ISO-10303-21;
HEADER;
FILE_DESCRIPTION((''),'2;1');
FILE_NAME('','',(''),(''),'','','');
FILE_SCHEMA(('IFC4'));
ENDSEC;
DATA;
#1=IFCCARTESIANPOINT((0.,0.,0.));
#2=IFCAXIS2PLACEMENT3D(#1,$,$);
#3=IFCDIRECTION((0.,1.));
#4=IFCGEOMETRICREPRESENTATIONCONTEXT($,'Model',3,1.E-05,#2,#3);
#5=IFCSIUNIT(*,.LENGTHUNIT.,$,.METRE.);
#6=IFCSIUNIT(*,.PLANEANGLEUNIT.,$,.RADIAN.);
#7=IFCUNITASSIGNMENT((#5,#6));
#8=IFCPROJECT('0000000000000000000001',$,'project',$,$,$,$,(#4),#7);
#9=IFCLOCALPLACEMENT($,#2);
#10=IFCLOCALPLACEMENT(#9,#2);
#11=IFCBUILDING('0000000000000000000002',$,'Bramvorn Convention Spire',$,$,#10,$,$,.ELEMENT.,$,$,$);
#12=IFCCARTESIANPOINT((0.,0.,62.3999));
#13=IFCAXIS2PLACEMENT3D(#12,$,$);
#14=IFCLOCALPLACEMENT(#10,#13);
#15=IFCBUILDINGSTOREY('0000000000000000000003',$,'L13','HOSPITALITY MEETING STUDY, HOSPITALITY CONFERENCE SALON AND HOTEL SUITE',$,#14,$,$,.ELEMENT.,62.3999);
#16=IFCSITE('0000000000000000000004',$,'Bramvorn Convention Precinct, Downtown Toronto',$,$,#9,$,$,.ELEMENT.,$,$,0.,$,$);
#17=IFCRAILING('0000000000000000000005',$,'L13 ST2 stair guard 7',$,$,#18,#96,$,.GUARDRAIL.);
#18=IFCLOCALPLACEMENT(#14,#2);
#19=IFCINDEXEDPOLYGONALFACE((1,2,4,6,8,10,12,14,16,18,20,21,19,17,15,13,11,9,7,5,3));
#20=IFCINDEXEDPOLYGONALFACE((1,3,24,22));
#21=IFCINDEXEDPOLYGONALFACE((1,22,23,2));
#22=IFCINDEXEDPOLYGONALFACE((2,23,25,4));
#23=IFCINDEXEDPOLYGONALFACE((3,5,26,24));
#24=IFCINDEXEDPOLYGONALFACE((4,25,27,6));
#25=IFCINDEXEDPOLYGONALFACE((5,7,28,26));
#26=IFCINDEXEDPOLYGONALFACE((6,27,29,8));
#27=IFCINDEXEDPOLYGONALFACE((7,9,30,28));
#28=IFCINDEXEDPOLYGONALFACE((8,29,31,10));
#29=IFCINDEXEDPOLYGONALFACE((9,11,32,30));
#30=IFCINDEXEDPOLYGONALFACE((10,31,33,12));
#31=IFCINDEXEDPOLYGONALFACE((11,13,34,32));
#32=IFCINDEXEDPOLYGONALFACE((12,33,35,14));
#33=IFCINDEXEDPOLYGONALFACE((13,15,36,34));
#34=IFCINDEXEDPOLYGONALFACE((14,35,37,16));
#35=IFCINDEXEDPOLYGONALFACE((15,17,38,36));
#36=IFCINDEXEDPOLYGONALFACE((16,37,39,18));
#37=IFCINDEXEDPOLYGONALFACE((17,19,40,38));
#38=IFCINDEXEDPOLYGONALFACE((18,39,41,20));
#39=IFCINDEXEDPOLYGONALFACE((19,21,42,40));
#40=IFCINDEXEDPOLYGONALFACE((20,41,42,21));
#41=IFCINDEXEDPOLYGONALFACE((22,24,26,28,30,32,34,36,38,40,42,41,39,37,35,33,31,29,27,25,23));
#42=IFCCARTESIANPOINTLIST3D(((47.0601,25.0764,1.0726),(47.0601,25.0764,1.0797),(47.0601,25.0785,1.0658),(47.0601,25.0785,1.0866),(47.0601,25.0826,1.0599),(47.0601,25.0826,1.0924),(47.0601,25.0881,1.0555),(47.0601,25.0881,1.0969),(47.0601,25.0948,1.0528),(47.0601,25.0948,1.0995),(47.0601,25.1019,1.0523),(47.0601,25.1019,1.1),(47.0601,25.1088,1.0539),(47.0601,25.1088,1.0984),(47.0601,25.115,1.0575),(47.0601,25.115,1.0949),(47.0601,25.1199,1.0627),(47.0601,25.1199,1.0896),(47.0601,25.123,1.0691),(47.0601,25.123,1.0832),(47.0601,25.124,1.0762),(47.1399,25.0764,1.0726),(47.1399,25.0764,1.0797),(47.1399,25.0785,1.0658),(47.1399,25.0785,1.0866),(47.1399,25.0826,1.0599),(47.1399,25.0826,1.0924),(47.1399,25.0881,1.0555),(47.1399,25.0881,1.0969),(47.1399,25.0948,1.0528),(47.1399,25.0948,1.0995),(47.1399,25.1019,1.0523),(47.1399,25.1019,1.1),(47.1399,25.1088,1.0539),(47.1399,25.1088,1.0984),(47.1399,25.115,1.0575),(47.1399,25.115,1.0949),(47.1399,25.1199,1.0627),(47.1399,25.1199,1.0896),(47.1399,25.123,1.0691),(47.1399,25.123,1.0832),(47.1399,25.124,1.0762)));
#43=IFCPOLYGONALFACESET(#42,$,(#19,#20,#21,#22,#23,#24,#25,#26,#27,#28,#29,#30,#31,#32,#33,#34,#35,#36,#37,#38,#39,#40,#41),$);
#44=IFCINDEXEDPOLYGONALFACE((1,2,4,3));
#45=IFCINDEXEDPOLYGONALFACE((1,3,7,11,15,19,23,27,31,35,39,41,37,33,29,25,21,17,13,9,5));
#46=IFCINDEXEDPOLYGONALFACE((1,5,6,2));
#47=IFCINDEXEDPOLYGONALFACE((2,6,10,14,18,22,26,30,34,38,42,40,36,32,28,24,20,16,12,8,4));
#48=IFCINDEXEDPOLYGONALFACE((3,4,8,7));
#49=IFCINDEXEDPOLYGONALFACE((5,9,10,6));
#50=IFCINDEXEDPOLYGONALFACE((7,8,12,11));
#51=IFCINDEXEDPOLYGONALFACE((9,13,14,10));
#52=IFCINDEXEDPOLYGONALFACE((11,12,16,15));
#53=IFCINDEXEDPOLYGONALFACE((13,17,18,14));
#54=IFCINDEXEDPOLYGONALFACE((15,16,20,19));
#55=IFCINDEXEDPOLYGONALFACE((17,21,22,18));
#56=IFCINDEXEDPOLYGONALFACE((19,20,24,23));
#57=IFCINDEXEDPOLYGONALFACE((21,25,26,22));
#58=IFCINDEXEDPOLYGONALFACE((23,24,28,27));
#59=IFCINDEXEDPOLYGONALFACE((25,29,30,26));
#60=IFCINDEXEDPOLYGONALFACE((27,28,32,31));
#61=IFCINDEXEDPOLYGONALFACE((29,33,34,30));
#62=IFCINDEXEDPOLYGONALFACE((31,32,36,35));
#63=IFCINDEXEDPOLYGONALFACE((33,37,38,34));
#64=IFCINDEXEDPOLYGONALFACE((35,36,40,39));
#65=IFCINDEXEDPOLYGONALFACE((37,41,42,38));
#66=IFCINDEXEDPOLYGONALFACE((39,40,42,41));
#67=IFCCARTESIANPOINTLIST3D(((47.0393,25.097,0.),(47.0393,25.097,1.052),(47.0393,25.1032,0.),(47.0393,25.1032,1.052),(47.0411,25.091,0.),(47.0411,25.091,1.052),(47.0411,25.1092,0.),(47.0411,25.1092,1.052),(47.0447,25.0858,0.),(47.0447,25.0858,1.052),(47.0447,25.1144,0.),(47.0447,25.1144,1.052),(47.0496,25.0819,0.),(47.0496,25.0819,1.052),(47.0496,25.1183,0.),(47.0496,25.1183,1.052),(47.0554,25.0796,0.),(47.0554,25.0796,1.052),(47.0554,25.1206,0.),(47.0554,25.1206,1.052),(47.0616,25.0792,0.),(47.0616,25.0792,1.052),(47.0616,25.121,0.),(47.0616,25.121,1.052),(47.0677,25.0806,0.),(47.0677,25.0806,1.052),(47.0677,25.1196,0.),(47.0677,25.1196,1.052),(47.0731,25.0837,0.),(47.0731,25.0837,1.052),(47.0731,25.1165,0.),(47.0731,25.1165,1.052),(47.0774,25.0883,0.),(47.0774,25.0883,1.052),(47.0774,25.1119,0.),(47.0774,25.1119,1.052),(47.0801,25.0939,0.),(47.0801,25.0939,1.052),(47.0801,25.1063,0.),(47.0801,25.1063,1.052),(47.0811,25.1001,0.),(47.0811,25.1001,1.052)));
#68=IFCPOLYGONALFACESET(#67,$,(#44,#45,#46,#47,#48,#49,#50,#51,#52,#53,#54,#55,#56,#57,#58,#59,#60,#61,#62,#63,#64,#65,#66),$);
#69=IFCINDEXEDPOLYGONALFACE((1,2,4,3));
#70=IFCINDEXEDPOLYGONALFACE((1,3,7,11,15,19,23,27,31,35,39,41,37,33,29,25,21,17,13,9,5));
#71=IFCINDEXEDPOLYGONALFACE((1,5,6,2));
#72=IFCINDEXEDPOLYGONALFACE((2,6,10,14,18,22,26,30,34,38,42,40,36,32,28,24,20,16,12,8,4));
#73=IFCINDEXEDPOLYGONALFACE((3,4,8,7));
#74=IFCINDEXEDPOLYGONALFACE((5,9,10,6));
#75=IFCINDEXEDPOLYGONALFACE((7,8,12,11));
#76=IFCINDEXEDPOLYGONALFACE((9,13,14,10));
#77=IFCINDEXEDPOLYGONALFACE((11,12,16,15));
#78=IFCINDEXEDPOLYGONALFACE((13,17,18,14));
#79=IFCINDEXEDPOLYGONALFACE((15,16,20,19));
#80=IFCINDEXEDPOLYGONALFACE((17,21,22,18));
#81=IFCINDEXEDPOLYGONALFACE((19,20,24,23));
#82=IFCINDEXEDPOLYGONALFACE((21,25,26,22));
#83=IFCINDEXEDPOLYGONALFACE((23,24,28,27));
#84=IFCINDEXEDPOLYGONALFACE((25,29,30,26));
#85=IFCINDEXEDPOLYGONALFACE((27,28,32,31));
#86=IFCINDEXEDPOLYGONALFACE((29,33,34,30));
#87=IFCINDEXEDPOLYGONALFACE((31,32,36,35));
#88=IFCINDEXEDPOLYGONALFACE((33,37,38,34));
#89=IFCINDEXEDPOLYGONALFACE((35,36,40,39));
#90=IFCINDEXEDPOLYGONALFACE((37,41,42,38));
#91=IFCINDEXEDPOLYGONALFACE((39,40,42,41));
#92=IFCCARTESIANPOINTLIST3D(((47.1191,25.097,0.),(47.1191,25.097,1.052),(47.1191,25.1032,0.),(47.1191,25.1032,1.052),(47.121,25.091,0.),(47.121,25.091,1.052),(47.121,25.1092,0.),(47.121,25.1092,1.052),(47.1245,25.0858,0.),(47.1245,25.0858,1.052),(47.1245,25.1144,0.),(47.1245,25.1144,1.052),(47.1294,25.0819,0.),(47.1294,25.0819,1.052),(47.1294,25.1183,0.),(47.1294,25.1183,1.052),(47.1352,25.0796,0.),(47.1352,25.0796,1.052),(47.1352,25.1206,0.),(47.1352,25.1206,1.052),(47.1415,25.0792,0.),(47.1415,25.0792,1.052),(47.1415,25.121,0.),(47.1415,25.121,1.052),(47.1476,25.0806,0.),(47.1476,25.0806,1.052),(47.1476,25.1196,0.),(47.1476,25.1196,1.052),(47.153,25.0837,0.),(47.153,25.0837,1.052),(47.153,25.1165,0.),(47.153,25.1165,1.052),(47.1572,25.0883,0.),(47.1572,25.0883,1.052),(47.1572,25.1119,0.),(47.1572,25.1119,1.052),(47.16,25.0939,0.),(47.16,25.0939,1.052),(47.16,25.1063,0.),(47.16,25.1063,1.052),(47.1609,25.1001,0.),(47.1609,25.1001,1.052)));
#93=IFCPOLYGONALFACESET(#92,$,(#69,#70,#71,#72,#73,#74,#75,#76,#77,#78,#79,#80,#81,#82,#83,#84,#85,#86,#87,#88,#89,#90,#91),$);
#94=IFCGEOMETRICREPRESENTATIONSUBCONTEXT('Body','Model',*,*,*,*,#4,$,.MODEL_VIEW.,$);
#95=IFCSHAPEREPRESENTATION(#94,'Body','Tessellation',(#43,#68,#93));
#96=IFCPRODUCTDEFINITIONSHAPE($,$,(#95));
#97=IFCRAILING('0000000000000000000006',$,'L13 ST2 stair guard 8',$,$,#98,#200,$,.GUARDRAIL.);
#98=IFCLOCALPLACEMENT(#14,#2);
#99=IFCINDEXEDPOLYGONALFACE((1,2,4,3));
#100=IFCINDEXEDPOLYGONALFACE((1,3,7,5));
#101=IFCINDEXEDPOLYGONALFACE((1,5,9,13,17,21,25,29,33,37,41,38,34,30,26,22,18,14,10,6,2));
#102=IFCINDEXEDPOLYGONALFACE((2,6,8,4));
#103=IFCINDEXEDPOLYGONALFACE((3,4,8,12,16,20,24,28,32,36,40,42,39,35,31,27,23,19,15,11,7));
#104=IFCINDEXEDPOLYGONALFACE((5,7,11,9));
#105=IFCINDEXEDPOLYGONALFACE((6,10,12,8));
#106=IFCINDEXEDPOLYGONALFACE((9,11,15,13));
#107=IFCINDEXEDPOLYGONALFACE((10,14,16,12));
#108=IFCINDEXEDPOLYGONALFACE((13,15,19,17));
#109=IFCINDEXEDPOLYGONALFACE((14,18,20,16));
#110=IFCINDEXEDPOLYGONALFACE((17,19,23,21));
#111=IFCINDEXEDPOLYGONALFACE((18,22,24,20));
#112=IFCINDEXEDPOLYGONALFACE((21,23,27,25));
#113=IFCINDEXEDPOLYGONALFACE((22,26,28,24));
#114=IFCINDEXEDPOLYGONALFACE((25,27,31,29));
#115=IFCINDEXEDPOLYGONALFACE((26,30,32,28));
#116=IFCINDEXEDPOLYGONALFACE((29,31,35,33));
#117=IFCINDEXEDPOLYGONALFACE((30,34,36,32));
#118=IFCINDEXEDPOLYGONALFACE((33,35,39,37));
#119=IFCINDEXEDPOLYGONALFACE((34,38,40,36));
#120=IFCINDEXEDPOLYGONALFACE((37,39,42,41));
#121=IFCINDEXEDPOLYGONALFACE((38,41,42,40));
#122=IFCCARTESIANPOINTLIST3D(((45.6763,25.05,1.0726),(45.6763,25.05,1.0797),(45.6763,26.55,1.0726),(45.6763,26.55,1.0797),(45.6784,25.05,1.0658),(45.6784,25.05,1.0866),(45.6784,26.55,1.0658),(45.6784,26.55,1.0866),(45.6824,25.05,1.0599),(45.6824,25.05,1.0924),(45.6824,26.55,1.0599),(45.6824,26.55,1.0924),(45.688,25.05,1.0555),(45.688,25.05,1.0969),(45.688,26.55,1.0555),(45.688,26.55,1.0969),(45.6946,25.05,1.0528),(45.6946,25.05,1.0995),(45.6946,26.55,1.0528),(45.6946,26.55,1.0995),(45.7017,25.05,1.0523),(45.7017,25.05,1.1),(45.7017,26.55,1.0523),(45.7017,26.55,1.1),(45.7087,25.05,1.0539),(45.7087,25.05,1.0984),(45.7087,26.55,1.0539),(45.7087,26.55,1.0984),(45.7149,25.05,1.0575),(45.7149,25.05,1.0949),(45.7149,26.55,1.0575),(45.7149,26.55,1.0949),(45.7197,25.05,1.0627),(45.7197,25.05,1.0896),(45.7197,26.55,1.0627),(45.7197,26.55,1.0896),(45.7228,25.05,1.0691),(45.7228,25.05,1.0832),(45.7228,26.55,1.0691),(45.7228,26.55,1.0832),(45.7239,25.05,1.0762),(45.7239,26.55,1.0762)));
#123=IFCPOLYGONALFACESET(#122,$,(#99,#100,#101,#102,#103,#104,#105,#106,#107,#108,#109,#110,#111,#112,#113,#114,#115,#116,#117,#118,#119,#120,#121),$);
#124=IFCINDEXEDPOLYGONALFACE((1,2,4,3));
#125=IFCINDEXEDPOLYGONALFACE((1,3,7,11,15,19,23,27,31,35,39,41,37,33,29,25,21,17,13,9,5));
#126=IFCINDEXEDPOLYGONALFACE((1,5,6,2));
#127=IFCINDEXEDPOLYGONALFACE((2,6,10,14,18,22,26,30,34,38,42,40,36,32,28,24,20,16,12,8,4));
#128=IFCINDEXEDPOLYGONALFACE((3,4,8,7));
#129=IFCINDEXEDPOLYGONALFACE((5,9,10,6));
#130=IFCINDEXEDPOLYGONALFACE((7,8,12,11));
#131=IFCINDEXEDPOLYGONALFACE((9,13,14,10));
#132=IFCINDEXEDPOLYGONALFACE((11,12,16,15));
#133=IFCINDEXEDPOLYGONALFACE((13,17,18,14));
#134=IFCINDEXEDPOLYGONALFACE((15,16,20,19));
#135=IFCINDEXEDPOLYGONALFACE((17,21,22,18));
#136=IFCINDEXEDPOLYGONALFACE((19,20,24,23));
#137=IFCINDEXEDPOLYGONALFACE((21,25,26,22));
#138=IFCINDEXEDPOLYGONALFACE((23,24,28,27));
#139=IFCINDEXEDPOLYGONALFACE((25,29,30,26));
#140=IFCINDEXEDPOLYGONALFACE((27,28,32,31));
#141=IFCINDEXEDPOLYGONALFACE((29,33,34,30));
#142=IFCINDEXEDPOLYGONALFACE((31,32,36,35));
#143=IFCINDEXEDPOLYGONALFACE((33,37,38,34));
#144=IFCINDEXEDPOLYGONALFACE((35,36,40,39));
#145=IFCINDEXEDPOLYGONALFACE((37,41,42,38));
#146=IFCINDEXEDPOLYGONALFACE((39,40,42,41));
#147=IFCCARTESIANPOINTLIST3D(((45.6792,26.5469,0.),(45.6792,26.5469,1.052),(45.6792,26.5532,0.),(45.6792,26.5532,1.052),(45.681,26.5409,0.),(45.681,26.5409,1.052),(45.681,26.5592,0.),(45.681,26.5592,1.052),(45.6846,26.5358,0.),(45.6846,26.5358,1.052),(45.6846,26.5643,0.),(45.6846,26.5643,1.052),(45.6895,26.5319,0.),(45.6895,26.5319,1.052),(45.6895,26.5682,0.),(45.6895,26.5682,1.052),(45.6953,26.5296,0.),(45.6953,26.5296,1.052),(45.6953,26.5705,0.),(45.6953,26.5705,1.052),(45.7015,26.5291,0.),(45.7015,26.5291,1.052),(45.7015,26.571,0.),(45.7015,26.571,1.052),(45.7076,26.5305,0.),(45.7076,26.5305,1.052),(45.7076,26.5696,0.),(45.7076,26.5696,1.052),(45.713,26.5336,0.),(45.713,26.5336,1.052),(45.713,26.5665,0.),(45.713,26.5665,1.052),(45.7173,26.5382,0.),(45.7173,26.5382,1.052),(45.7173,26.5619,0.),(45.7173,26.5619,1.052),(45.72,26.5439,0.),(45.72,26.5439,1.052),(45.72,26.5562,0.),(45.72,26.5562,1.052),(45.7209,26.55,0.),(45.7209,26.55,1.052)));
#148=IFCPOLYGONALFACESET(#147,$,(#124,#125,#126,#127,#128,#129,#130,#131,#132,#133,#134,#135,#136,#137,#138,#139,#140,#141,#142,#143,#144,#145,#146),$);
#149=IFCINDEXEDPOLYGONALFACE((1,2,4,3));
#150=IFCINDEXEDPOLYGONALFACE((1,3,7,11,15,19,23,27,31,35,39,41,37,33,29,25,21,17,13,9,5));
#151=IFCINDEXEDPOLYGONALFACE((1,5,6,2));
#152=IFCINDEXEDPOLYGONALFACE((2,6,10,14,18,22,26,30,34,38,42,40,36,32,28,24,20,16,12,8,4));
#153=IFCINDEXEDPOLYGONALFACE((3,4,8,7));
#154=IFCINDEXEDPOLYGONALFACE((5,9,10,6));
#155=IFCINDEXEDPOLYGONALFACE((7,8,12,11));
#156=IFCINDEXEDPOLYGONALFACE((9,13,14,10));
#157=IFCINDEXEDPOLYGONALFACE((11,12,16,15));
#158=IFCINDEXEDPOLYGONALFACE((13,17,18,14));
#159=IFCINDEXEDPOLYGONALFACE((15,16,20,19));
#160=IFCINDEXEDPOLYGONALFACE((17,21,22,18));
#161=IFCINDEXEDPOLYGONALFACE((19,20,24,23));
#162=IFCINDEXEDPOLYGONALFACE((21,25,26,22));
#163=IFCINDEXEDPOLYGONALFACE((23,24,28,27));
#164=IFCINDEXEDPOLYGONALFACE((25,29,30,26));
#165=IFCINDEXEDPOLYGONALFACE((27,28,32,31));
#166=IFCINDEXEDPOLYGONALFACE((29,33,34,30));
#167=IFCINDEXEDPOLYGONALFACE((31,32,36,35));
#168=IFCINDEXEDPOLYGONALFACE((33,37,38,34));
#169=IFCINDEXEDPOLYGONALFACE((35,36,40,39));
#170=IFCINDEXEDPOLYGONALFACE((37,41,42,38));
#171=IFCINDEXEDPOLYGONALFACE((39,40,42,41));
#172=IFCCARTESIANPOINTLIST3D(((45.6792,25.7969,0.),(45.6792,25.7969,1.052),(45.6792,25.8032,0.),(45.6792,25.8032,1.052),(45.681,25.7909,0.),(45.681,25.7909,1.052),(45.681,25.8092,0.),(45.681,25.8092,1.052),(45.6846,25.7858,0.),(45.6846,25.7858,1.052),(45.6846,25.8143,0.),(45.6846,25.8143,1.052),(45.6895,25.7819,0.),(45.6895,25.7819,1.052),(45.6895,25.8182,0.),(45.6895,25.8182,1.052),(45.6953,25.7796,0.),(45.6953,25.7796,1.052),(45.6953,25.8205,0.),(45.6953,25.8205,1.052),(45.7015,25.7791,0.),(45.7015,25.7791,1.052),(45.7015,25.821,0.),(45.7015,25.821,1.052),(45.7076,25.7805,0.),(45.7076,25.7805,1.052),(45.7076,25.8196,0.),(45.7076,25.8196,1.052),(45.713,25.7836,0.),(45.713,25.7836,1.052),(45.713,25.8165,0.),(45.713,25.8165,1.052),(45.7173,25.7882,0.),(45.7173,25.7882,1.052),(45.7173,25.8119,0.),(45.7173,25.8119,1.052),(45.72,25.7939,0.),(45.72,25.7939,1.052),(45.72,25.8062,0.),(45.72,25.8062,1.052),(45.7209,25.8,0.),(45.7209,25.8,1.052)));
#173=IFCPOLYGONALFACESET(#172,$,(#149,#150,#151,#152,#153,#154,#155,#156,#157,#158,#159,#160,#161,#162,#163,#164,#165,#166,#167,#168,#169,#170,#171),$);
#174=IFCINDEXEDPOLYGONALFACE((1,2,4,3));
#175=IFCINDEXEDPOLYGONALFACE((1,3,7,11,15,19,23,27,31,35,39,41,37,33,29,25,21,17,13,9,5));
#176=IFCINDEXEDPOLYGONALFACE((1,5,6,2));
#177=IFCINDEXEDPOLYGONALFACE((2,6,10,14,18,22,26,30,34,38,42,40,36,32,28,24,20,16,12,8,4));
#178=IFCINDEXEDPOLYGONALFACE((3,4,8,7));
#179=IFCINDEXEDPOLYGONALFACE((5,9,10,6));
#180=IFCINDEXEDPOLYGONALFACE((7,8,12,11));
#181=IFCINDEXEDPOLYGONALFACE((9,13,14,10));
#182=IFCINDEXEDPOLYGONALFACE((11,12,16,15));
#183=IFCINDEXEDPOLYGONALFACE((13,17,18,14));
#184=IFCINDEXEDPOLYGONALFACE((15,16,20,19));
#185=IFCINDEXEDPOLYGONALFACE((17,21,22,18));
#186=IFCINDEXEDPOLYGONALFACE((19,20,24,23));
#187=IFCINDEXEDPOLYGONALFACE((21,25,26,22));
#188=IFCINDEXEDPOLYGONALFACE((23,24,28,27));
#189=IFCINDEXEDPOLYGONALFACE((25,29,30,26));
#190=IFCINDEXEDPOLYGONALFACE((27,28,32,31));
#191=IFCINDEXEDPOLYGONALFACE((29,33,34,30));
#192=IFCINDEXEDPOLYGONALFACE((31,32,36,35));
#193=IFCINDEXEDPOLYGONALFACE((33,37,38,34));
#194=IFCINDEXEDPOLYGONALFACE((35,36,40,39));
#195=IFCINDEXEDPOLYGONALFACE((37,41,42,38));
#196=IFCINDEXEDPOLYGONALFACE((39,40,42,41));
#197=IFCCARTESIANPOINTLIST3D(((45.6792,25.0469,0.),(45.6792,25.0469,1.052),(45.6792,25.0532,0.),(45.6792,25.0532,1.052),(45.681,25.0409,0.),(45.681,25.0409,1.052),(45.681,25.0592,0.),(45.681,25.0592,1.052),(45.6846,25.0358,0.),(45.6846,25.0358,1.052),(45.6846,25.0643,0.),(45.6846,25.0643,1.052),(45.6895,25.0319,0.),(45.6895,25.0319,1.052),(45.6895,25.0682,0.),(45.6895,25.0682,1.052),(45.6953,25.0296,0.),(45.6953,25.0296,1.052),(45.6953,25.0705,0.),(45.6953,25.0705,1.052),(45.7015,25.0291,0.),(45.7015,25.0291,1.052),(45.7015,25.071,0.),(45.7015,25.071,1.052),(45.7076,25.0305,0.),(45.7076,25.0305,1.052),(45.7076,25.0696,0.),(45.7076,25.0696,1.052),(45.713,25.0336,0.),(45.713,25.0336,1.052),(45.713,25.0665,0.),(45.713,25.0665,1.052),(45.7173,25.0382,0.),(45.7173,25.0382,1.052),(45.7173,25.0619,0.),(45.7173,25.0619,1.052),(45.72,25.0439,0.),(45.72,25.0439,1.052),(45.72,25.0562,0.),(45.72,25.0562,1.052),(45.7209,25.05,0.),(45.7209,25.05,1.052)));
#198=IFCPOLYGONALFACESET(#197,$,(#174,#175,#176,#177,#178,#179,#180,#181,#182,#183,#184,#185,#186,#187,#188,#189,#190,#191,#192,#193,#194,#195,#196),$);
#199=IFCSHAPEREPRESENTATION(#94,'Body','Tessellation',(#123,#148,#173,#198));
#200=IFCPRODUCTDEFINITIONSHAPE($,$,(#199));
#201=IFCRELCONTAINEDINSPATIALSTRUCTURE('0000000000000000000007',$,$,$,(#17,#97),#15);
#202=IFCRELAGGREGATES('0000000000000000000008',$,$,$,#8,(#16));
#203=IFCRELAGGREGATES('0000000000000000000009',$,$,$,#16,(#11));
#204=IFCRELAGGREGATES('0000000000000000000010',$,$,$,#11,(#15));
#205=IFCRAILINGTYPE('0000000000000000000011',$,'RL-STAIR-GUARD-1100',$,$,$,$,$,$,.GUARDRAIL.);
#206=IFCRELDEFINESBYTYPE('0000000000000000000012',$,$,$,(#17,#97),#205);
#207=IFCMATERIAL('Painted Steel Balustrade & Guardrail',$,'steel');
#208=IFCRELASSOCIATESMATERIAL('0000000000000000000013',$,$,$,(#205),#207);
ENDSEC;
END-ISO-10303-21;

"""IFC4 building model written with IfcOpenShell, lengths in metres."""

from ifc_helpers import new_model, si_unit, direction, frame, origin, origin_2d, place, context, subcontext, project, spatial, circle, extrude, material, type_object, element, save


model = new_model("IFC4")

# Units and contexts
model_context = context("Model", 3, precision=1e-05, world=origin(), true_north=direction((0.0, 1.0)))
body_context = subcontext(model_context, "Body", "Model", "MODEL_VIEW")
ifc_project = project(units=[si_unit("LENGTHUNIT", "METRE"), si_unit("PLANEANGLEUNIT", "RADIAN")], contexts=[model_context])

# Site, building, storey
site_placement = place(None, origin())
site = spatial("IfcSite", under=ifc_project, at=site_placement, Name="Bramvorn Convention Precinct, Downtown Toronto", CompositionType="ELEMENT", RefElevation=0.0)
building_placement = place(site_placement, origin())
building = spatial("IfcBuilding", under=site, at=building_placement, Name="Bramvorn Convention Spire", CompositionType="ELEMENT")
storey_placement = place(building_placement, frame((0.0, 0.0, 62.3999)))
storey = spatial("IfcBuildingStorey", under=building, at=storey_placement, Name="L13", Description="HOSPITALITY MEETING STUDY, HOSPITALITY CONFERENCE SALON AND HOTEL SUITE", CompositionType="ELEMENT", Elevation=62.3999)

# Railings
ifc_material_1 = material(Name="Painted Steel Balustrade & Guardrail", Category="steel")
railing_type_1 = type_object("IfcRailingType", Name="RL-STAIR-GUARD-1100", PredefinedType="GUARDRAIL", material=ifc_material_1)
railing_1_placement = place(storey_placement, frame((47.0601, 25.1001, 0.0)))
element("IfcRailing", 1, at=railing_1_placement, inside=storey, type_object=railing_type_1, Name="L13 ST2 stair guard 7", PredefinedType="GUARDRAIL", context=body_context, shape_type="SweptSolid", body=[
    extrude(circle(Radius=0.0239, at=origin_2d()), frame((0.0, 0.0, 1.0762), z_axis=(1.0, 0.0, 0.0), x_axis=(0.0, 1.0, 0.0)), (0.0, 0.0, 1.0), 0.0798),
    extrude(circle(Radius=0.021, at=origin_2d()), origin(), (0.0, 0.0, 1.0), 1.052),
    extrude(circle(Radius=0.021, at=origin_2d()), frame((0.0798, 0.0, 0.0)), (0.0, 0.0, 1.0), 1.052),
])
railing_2_placement = place(storey_placement, frame((45.7, 26.55, 0.0)))
element("IfcRailing", 2, at=railing_2_placement, inside=storey, type_object=railing_type_1, Name="L13 ST2 stair guard 8", PredefinedType="GUARDRAIL", context=body_context, shape_type="SweptSolid", body=[
    extrude(circle(Radius=0.0239, at=origin_2d()), frame((0.0, 0.0, 1.0762), z_axis=(0.0, -1.0, 0.0), x_axis=(1.0, 0.0, 0.0)), (0.0, 0.0, 1.0), 1.5),
    extrude(circle(Radius=0.021, at=origin_2d()), origin(), (0.0, 0.0, 1.0), 1.052),
    extrude(circle(Radius=0.021, at=origin_2d()), frame((0.0, -0.75, 0.0)), (0.0, 0.0, 1.0), 1.052),
    extrude(circle(Radius=0.021, at=origin_2d()), frame((0.0, -1.5, 0.0)), (0.0, 0.0, 1.0), 1.052),
])

save(model, "model.ifc")
